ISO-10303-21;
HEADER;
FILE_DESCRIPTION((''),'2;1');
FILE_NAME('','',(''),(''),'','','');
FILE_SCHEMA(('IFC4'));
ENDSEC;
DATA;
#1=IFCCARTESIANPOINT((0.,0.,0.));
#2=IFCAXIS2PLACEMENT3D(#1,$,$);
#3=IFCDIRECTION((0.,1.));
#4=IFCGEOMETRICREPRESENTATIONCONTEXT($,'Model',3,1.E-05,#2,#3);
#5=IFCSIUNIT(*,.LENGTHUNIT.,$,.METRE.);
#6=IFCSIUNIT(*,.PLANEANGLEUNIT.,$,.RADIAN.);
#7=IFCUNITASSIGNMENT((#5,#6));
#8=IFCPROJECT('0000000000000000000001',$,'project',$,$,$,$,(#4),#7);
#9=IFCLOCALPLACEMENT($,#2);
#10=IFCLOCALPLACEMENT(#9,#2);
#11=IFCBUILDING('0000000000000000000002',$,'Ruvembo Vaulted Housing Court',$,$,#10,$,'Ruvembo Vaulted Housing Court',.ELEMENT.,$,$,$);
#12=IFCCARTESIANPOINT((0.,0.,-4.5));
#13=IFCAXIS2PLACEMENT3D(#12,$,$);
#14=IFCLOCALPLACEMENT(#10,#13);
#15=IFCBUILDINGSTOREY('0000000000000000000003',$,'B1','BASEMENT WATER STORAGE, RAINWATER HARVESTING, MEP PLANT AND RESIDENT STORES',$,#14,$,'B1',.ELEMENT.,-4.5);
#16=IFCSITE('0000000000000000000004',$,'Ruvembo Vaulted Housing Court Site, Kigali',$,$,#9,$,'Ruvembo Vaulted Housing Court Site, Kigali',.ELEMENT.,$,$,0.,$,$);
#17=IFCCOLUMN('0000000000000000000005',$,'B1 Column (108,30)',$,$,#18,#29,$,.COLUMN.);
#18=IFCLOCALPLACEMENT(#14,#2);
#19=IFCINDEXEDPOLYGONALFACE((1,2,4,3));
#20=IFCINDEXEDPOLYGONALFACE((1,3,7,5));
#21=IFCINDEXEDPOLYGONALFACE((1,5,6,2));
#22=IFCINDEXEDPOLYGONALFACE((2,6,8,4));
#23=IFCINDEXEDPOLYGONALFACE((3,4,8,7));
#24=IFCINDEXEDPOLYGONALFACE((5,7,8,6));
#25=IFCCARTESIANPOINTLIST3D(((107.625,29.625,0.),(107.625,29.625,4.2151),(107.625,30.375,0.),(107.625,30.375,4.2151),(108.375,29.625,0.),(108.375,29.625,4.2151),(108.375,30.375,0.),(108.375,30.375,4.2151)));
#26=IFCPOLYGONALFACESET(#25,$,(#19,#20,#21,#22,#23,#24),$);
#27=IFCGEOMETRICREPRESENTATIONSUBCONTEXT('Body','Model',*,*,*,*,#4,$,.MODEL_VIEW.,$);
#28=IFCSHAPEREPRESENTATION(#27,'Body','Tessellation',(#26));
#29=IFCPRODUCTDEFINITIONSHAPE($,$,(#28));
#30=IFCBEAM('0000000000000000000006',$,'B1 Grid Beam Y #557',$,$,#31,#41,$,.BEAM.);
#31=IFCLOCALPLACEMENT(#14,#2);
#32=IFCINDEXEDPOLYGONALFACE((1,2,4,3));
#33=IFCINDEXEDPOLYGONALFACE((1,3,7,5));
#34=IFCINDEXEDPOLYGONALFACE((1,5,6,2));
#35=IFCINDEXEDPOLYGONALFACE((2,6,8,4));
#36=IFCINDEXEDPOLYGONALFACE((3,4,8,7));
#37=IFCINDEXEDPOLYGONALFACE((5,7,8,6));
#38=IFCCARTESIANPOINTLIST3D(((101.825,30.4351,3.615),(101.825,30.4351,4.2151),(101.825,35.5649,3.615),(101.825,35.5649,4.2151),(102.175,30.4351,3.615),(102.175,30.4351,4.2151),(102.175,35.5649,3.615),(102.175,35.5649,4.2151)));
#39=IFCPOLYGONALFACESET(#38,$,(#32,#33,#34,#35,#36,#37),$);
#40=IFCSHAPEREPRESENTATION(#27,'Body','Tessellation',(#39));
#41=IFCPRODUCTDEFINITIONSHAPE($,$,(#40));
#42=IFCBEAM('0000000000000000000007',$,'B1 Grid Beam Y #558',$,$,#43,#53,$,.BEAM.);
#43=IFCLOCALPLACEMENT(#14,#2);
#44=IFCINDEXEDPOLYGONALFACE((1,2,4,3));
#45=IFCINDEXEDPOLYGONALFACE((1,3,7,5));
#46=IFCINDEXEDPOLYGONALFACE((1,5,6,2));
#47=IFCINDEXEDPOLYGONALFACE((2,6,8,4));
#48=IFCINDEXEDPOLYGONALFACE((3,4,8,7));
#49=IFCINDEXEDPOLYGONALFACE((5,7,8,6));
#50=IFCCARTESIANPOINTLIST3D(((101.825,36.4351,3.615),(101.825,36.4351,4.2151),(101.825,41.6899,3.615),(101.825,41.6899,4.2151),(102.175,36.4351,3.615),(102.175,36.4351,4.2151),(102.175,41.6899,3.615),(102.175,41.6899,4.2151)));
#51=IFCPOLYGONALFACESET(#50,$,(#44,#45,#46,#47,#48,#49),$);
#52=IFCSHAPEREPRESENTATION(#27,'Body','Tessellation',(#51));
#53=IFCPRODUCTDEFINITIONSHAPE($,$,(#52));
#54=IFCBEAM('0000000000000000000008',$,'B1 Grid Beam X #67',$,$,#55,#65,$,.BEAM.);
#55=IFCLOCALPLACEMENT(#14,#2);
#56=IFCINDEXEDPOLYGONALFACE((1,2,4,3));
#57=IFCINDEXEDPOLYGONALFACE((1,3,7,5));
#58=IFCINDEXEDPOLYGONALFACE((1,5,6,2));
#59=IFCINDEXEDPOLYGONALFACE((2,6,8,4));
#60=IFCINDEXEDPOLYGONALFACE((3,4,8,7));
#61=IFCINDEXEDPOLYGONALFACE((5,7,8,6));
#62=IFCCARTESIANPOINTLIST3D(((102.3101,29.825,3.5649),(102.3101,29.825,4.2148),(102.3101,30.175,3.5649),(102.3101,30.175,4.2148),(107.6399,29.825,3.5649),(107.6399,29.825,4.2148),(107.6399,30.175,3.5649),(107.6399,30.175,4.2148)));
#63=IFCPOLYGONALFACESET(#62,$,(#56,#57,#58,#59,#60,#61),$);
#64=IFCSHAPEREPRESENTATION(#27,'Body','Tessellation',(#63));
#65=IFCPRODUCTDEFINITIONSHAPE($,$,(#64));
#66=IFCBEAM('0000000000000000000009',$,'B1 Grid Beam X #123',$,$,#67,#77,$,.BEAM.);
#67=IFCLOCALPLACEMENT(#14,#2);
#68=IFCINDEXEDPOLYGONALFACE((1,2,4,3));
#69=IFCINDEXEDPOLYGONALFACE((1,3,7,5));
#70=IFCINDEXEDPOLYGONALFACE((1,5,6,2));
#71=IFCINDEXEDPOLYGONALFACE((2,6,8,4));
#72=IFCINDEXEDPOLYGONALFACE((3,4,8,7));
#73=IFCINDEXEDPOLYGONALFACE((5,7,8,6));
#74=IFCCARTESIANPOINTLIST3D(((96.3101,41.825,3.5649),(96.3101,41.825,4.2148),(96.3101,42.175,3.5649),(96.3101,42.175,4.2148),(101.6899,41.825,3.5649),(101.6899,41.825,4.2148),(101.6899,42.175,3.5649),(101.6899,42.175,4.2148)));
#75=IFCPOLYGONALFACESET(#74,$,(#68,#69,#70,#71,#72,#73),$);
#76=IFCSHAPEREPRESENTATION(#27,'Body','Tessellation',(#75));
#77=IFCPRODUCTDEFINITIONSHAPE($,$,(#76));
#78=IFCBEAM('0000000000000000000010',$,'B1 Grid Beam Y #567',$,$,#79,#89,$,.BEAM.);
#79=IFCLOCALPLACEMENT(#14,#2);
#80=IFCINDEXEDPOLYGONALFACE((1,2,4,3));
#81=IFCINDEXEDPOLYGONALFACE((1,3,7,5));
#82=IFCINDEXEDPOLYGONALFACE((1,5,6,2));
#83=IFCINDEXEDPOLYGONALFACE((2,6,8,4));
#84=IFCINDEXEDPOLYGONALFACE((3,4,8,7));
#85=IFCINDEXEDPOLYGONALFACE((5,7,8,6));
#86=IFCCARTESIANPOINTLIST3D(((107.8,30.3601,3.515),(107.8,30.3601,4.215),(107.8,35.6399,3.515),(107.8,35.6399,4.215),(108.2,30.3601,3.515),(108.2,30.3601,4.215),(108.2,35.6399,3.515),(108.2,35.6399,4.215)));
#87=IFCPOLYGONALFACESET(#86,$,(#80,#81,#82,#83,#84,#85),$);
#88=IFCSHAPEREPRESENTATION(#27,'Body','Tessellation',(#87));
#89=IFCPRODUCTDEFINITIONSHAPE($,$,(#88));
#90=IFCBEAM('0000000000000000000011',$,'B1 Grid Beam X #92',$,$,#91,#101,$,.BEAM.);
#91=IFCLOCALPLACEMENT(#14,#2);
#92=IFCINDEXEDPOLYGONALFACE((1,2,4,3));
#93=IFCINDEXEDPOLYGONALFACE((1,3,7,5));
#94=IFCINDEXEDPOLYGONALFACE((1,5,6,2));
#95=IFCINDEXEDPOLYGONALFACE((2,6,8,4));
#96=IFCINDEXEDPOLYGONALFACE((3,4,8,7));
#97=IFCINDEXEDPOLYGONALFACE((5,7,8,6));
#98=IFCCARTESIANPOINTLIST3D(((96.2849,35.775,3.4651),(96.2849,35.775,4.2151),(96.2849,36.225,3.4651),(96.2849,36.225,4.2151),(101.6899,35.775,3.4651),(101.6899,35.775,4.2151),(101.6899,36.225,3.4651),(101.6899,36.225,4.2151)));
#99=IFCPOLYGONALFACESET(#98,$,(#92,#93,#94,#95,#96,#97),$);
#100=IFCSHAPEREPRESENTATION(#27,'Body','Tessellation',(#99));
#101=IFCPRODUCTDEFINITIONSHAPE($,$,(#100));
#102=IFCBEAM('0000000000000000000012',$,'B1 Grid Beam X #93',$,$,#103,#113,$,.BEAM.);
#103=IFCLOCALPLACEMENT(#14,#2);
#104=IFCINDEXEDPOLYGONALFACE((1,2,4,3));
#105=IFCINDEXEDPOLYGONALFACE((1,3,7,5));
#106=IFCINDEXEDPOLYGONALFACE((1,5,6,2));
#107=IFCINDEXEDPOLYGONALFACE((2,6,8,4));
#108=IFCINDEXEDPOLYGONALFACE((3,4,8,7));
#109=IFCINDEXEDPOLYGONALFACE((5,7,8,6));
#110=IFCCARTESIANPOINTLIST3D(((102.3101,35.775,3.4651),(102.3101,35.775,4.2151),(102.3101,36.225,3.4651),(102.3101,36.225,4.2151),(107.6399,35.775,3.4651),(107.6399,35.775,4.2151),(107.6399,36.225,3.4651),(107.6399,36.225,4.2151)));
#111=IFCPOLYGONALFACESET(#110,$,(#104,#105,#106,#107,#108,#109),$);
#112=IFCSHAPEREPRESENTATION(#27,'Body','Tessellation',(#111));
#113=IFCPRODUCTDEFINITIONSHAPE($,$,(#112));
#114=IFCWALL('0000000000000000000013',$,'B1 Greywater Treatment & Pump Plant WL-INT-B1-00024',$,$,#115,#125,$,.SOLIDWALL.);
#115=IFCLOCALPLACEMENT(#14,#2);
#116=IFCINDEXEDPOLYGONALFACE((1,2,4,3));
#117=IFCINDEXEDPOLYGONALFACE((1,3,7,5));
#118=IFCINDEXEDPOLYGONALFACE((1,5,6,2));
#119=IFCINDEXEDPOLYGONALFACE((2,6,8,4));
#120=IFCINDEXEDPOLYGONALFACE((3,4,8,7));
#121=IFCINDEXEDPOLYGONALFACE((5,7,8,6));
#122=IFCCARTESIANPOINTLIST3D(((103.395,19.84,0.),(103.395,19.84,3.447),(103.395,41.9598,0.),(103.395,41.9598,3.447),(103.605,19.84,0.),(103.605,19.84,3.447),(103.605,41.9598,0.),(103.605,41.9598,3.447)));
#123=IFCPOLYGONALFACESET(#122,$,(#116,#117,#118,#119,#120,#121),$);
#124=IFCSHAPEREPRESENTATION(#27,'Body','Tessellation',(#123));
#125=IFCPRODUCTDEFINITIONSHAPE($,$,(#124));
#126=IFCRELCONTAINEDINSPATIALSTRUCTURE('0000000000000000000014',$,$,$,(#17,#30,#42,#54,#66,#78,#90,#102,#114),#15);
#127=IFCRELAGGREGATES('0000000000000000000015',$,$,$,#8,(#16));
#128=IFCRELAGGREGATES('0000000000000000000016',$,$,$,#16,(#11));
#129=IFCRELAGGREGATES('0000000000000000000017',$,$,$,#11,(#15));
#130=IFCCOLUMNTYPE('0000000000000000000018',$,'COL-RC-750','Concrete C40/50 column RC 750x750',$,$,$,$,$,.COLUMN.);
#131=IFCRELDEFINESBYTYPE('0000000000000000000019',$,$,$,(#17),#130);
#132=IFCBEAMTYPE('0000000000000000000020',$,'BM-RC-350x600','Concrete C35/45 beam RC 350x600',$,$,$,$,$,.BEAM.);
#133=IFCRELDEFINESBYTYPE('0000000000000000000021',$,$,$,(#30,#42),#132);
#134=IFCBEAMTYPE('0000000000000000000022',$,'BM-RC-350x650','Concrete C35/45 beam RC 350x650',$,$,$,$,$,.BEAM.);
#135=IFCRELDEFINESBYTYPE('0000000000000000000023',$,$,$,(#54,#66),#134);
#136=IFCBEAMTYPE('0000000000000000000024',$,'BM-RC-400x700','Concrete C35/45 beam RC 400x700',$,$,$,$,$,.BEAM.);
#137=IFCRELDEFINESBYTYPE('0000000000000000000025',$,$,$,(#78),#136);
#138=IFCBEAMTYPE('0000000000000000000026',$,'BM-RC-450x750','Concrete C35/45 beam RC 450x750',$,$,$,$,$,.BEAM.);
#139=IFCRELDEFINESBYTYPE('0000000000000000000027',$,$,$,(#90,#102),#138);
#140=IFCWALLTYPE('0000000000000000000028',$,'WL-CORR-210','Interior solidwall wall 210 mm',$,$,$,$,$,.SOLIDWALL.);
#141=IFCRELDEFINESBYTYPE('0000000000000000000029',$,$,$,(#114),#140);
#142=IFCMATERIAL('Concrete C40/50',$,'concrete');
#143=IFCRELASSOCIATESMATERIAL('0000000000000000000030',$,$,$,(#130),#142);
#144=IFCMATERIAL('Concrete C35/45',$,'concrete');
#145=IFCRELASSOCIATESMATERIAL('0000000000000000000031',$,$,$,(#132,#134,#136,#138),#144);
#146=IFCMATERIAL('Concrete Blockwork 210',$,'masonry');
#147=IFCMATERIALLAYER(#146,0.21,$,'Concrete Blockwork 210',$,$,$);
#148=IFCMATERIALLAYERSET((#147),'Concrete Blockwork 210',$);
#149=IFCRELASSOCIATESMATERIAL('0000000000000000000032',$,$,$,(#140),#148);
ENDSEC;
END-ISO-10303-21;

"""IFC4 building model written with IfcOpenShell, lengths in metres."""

from ifc_helpers import new_model, si_unit, direction, frame, frame_2d, origin, origin_2d, place, context, subcontext, project, spatial, rectangle, extrude, material, layer, layer_set, material_profile, profile_set, type_object, element, save


model = new_model("IFC4")

# Units and contexts
model_context = context("Model", 3, precision=1e-05, world=origin(), true_north=direction((0.0, 1.0)))
body_context = subcontext(model_context, "Body", "Model", "MODEL_VIEW")
ifc_project = project(units=[si_unit("LENGTHUNIT", "METRE"), si_unit("PLANEANGLEUNIT", "RADIAN")], contexts=[model_context])

# Site, building, storey
site_placement = place(None, origin())
site = spatial("IfcSite", under=ifc_project, at=site_placement, Name="Ruvembo Vaulted Housing Court Site, Kigali", LongName="Ruvembo Vaulted Housing Court Site, Kigali", CompositionType="ELEMENT", RefElevation=0.0)
building_placement = place(site_placement, origin())
building = spatial("IfcBuilding", under=site, at=building_placement, Name="Ruvembo Vaulted Housing Court", LongName="Ruvembo Vaulted Housing Court", CompositionType="ELEMENT")
storey_placement = place(building_placement, frame((0.0, 0.0, -4.5)))
storey = spatial("IfcBuildingStorey", under=building, at=storey_placement, Name="B1", Description="BASEMENT WATER STORAGE, RAINWATER HARVESTING, MEP PLANT AND RESIDENT STORES", LongName="B1", CompositionType="ELEMENT", Elevation=-4.5)

# Shared definitions
ifc_material_1 = material(Name="Concrete C35/45", Category="concrete")

# Column
ifc_material_2 = material(Name="Concrete C40/50", Category="concrete")
ifc_material_profile_1 = material_profile(ifc_material_2, rectangle(XDim=0.75, YDim=0.75, at=origin_2d()), Name="RC 750x750")
ifc_profile_set_1 = profile_set([ifc_material_profile_1], Name="Concrete C40/50")
column_type_1 = type_object("IfcColumnType", Name="COL-RC-750", Description="Concrete C40/50 column RC 750x750", PredefinedType="COLUMN", material=ifc_profile_set_1)
column_placement = place(storey_placement, frame((108.0, 30.0, 0.0), z_axis=(0.0, 0.0, 1.0), x_axis=(1.0, 0.0, 0.0)))
element("IfcColumn", 1, at=column_placement, inside=storey, type_object=column_type_1, Name="B1 Column (108,30)", PredefinedType="COLUMN", context=body_context, shape_type="SweptSolid", body=[
    extrude(rectangle(XDim=0.75, YDim=0.75, at=origin_2d()), origin(), (0.0, 0.0, 1.0), 4.2151),
])

# Beams
ifc_material_profile_2 = material_profile(ifc_material_1, rectangle(XDim=0.3501, YDim=0.6001, at=origin_2d()), Name="RC 350x600")
ifc_profile_set_2 = profile_set([ifc_material_profile_2], Name="Concrete C35/45")
beam_type_1 = type_object("IfcBeamType", Name="BM-RC-350x600", Description="Concrete C35/45 beam RC 350x600", PredefinedType="BEAM", material=ifc_profile_set_2)
beam_1_placement = place(storey_placement, frame((102.0, 30.4351, 3.915), z_axis=(0.0, 1.0, 0.0), x_axis=(-1.0, 0.0, 0.0)))
element("IfcBeam", 2, at=beam_1_placement, inside=storey, type_object=beam_type_1, Name="B1 Grid Beam Y #557", PredefinedType="BEAM", context=body_context, shape_type="SweptSolid", body=[
    extrude(rectangle(XDim=0.3501, YDim=0.6001, at=origin_2d()), origin(), (0.0, 0.0, 1.0), 5.1299),
])
beam_2_placement = place(storey_placement, frame((102.0, 36.4351, 3.915), z_axis=(0.0, 1.0, 0.0), x_axis=(-1.0, 0.0, 0.0)))
element("IfcBeam", 3, at=beam_2_placement, inside=storey, type_object=beam_type_1, Name="B1 Grid Beam Y #558", PredefinedType="BEAM", context=body_context, shape_type="SweptSolid", body=[
    extrude(rectangle(XDim=0.3501, YDim=0.6001, at=origin_2d()), origin(), (0.0, 0.0, 1.0), 5.2549),
])
ifc_material_profile_3 = material_profile(ifc_material_1, rectangle(XDim=0.3501, YDim=0.6499, at=origin_2d()), Name="RC 350x650")
ifc_profile_set_3 = profile_set([ifc_material_profile_3], Name="Concrete C35/45")
beam_type_2 = type_object("IfcBeamType", Name="BM-RC-350x650", Description="Concrete C35/45 beam RC 350x650", PredefinedType="BEAM", material=ifc_profile_set_3)
beam_3_placement = place(storey_placement, frame((102.3101, 30.0, 3.8899), z_axis=(1.0, 0.0, 0.0), x_axis=(0.0, 1.0, 0.0)))
element("IfcBeam", 4, at=beam_3_placement, inside=storey, type_object=beam_type_2, Name="B1 Grid Beam X #67", PredefinedType="BEAM", context=body_context, shape_type="SweptSolid", body=[
    extrude(rectangle(XDim=0.3501, YDim=0.6499, at=origin_2d()), origin(), (0.0, 0.0, 1.0), 5.3298),
])
beam_4_placement = place(storey_placement, frame((96.3101, 42.0, 3.8899), z_axis=(1.0, 0.0, 0.0), x_axis=(0.0, 1.0, 0.0)))
element("IfcBeam", 5, at=beam_4_placement, inside=storey, type_object=beam_type_2, Name="B1 Grid Beam X #123", PredefinedType="BEAM", context=body_context, shape_type="SweptSolid", body=[
    extrude(rectangle(XDim=0.3501, YDim=0.6499, at=origin_2d()), origin(), (0.0, 0.0, 1.0), 5.3799),
])
ifc_material_profile_4 = material_profile(ifc_material_1, rectangle(XDim=0.3999, YDim=0.7, at=origin_2d()), Name="RC 400x700")
ifc_profile_set_4 = profile_set([ifc_material_profile_4], Name="Concrete C35/45")
beam_type_3 = type_object("IfcBeamType", Name="BM-RC-400x700", Description="Concrete C35/45 beam RC 400x700", PredefinedType="BEAM", material=ifc_profile_set_4)
beam_5_placement = place(storey_placement, frame((108.0, 30.3601, 3.865), z_axis=(0.0, 1.0, 0.0), x_axis=(-1.0, 0.0, 0.0)))
element("IfcBeam", 6, at=beam_5_placement, inside=storey, type_object=beam_type_3, Name="B1 Grid Beam Y #567", PredefinedType="BEAM", context=body_context, shape_type="SweptSolid", body=[
    extrude(rectangle(XDim=0.3999, YDim=0.7, at=origin_2d()), origin(), (0.0, 0.0, 1.0), 5.2798),
])
ifc_material_profile_5 = material_profile(ifc_material_1, rectangle(XDim=0.45, YDim=0.75, at=origin_2d()), Name="RC 450x750")
ifc_profile_set_5 = profile_set([ifc_material_profile_5], Name="Concrete C35/45")
beam_type_4 = type_object("IfcBeamType", Name="BM-RC-450x750", Description="Concrete C35/45 beam RC 450x750", PredefinedType="BEAM", material=ifc_profile_set_5)
beam_6_placement = place(storey_placement, frame((96.2849, 36.0, 3.8401), z_axis=(1.0, 0.0, 0.0), x_axis=(0.0, 1.0, 0.0)))
element("IfcBeam", 7, at=beam_6_placement, inside=storey, type_object=beam_type_4, Name="B1 Grid Beam X #92", PredefinedType="BEAM", context=body_context, shape_type="SweptSolid", body=[
    extrude(rectangle(XDim=0.45, YDim=0.75, at=origin_2d()), origin(), (0.0, 0.0, 1.0), 5.405),
])
beam_7_placement = place(storey_placement, frame((102.3101, 36.0, 3.8401), z_axis=(1.0, 0.0, 0.0), x_axis=(0.0, 1.0, 0.0)))
element("IfcBeam", 8, at=beam_7_placement, inside=storey, type_object=beam_type_4, Name="B1 Grid Beam X #93", PredefinedType="BEAM", context=body_context, shape_type="SweptSolid", body=[
    extrude(rectangle(XDim=0.45, YDim=0.75, at=origin_2d()), origin(), (0.0, 0.0, 1.0), 5.3298),
])

# Wall
ifc_material_3 = material(Name="Concrete Blockwork 210", Category="masonry")
ifc_layer = layer(ifc_material_3, 0.21, Name="Concrete Blockwork 210")
ifc_layer_set = layer_set([ifc_layer], Name="Concrete Blockwork 210")
wall_type = type_object("IfcWallType", Name="WL-CORR-210", Description="Interior solidwall wall 210 mm", PredefinedType="SOLIDWALL", material=ifc_layer_set)
wall_placement = place(storey_placement, frame((103.5, 41.96, 0.0), z_axis=(0.0, 0.0, 1.0), x_axis=(0.0, -1.0, 0.0)))
element("IfcWall", 9, at=wall_placement, inside=storey, type_object=wall_type, Name="B1 Greywater Treatment & Pump Plant WL-INT-B1-00024", PredefinedType="SOLIDWALL", context=body_context, shape_type="SweptSolid", body=[
    extrude(rectangle(XDim=22.1199, YDim=0.21, at=frame_2d((11.0601, 0.0))), origin(), (0.0, 0.0, 1.0), 3.447),
])

save(model, "model.ifc")
